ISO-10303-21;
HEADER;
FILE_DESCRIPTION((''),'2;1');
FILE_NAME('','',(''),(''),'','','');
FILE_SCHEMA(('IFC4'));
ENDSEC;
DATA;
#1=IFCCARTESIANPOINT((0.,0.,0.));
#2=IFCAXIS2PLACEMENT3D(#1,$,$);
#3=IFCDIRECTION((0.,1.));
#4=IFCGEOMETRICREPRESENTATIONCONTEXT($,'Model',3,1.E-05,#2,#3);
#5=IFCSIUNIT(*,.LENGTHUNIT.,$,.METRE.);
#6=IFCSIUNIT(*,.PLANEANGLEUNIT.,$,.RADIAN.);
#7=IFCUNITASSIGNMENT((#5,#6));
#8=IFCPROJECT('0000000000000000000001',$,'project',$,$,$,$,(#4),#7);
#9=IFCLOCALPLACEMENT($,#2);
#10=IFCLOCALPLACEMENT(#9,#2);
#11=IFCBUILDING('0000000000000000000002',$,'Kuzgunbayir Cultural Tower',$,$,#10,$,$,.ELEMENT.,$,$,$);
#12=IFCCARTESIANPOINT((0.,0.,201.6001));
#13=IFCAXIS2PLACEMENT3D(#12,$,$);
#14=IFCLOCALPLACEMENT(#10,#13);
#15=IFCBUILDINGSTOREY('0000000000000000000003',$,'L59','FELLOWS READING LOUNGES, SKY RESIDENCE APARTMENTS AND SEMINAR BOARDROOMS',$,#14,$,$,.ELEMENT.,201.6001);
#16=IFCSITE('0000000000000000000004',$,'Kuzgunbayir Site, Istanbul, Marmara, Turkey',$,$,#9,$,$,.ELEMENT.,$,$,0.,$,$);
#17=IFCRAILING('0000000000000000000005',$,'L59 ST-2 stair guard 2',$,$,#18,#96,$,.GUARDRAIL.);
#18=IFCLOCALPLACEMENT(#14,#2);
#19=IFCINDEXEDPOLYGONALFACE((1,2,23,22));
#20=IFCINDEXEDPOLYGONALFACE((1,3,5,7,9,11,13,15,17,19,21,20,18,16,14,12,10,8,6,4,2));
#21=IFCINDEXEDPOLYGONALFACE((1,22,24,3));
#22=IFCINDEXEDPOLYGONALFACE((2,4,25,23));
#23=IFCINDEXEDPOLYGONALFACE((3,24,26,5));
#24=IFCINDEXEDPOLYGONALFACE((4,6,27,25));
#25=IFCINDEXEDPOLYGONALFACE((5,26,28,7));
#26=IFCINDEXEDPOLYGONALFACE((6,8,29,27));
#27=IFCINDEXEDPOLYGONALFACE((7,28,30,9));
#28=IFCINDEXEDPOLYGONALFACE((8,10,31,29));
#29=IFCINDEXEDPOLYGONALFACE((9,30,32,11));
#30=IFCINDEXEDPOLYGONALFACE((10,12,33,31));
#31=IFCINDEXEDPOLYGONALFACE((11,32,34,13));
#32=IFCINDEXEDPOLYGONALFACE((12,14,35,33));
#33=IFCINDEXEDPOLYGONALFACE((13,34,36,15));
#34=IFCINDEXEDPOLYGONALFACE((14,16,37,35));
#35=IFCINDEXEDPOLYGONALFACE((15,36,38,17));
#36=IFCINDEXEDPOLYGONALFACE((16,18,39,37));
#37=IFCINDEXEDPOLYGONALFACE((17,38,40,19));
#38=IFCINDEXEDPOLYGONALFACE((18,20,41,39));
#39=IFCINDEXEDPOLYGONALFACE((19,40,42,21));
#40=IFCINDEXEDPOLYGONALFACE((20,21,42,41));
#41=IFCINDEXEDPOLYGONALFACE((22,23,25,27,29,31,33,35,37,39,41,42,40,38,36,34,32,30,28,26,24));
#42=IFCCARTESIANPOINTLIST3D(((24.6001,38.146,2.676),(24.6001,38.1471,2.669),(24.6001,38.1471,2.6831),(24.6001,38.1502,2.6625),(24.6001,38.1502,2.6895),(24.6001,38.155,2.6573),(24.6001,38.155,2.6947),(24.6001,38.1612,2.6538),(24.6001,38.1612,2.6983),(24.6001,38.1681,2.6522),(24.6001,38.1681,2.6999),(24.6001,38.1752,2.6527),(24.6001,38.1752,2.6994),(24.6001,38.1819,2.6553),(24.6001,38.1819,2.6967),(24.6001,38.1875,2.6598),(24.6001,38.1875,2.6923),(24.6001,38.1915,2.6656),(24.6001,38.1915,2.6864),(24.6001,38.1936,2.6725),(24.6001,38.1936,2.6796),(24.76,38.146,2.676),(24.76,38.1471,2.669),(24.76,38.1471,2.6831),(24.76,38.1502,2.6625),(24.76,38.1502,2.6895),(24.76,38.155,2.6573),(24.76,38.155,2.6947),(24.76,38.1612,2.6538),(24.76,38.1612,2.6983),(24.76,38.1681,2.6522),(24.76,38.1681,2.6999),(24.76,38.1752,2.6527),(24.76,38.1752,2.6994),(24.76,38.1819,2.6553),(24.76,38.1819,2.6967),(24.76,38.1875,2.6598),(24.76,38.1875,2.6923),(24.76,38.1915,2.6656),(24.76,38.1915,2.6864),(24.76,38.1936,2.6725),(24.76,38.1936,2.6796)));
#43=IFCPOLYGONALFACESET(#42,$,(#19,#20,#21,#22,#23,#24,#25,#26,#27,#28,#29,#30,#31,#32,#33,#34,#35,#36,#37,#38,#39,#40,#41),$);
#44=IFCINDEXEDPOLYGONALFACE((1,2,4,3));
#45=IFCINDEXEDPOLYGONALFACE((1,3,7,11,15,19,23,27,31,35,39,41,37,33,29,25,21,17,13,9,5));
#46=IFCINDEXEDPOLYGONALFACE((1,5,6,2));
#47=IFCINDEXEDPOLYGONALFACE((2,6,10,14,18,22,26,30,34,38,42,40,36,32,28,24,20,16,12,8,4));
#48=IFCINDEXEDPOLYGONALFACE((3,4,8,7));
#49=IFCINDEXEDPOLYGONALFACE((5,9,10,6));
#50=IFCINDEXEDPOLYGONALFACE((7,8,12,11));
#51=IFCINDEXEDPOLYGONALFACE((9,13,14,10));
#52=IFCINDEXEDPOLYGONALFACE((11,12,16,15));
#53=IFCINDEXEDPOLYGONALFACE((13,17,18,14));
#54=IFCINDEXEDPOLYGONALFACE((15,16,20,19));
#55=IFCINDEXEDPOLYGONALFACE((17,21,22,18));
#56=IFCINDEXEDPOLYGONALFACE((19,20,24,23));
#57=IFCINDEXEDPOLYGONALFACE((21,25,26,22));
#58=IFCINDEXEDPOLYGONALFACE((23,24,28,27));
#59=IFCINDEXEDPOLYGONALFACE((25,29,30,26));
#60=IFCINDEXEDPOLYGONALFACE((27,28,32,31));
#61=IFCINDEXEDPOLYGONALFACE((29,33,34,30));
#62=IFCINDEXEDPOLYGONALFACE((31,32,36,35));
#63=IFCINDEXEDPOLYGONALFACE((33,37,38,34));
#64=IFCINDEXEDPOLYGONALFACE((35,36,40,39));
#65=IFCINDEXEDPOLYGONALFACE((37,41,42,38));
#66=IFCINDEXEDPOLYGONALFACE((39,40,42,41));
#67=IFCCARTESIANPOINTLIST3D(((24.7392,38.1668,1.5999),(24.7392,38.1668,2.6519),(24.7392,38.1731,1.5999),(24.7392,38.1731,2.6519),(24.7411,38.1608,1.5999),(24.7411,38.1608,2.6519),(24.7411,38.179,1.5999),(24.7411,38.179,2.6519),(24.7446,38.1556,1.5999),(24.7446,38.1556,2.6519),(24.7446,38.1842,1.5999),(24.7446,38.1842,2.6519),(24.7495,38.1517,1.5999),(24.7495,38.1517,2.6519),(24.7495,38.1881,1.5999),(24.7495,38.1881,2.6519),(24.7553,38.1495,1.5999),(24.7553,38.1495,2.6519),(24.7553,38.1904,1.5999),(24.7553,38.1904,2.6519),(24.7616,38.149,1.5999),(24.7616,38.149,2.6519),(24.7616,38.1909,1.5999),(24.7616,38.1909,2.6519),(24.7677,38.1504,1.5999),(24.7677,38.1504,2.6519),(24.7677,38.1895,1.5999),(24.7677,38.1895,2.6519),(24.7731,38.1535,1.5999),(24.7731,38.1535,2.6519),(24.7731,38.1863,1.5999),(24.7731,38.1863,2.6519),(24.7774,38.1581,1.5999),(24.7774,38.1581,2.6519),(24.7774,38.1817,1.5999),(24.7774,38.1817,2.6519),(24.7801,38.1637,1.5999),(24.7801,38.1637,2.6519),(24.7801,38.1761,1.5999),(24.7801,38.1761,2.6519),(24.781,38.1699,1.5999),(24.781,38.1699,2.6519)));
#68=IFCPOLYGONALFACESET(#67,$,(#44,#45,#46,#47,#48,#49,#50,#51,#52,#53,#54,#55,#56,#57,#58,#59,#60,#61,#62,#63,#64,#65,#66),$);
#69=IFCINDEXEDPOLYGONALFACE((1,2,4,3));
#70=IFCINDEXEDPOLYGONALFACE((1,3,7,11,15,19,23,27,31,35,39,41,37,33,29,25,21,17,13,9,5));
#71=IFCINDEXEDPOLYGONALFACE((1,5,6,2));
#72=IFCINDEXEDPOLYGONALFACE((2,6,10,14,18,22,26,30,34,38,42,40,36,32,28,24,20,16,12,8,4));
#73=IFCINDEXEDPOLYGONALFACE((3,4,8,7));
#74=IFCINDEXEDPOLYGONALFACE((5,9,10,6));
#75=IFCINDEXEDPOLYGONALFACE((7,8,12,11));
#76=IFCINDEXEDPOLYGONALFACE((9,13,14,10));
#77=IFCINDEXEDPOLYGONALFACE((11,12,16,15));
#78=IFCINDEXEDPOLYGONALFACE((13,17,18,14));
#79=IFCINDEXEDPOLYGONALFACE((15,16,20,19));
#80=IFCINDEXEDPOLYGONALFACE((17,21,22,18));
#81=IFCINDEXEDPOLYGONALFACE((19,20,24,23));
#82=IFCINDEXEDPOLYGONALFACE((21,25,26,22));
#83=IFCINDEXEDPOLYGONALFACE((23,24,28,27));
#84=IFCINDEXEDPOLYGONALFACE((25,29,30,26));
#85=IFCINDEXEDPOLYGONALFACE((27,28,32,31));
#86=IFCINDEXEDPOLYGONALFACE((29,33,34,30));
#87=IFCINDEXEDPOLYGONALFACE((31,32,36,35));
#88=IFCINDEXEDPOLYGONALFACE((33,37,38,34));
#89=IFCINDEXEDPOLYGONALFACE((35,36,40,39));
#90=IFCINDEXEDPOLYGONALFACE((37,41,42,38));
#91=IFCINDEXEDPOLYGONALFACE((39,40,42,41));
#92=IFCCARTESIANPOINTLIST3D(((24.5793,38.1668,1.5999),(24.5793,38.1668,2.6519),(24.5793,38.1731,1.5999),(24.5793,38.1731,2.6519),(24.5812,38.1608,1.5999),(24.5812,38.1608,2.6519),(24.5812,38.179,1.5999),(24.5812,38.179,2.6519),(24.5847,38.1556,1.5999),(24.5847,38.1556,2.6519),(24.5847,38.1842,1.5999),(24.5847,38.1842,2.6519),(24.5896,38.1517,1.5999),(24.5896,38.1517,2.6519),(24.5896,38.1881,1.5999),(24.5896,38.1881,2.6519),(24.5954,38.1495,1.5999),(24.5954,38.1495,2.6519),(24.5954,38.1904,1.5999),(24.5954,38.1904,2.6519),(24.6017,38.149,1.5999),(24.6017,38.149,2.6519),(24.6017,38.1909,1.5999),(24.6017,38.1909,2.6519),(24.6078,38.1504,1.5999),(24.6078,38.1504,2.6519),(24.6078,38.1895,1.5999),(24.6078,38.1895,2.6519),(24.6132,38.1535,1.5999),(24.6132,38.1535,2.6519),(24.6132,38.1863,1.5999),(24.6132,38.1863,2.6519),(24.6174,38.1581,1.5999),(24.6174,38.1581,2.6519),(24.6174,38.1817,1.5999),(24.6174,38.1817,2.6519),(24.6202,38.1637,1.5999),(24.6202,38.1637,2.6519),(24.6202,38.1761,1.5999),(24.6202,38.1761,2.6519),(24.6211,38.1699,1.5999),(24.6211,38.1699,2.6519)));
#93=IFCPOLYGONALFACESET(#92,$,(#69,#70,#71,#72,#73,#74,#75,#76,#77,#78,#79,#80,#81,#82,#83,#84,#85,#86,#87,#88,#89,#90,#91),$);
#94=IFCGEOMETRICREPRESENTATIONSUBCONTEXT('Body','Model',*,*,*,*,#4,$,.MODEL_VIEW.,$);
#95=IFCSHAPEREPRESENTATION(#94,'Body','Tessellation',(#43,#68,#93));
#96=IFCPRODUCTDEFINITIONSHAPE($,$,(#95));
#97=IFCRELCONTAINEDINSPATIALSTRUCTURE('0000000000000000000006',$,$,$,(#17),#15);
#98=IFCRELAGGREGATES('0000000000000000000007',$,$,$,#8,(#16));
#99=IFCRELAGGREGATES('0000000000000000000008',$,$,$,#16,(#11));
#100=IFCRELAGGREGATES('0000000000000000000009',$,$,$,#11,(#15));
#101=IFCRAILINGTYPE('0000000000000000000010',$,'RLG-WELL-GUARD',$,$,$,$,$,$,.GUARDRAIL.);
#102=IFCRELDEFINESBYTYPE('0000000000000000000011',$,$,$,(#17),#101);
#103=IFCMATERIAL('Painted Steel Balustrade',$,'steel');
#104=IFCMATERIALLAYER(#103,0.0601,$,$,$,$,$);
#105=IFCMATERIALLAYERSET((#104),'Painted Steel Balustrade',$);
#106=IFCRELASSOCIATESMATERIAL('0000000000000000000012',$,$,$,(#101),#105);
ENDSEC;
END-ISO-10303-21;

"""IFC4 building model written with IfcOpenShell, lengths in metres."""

from ifc_helpers import new_model, si_unit, direction, frame, origin, origin_2d, place, context, subcontext, project, spatial, circle, extrude, material, layer, layer_set, type_object, element, save


model = new_model("IFC4")

# Units and contexts
model_context = context("Model", 3, precision=1e-05, world=origin(), true_north=direction((0.0, 1.0)))
body_context = subcontext(model_context, "Body", "Model", "MODEL_VIEW")
ifc_project = project(units=[si_unit("LENGTHUNIT", "METRE"), si_unit("PLANEANGLEUNIT", "RADIAN")], contexts=[model_context])

# Site, building, storey
site_placement = place(None, origin())
site = spatial("IfcSite", under=ifc_project, at=site_placement, Name="Kuzgunbayir Site, Istanbul, Marmara, Turkey", CompositionType="ELEMENT", RefElevation=0.0)
building_placement = place(site_placement, origin())
building = spatial("IfcBuilding", under=site, at=building_placement, Name="Kuzgunbayir Cultural Tower", CompositionType="ELEMENT")
storey_placement = place(building_placement, frame((0.0, 0.0, 201.6001)))
storey = spatial("IfcBuildingStorey", under=building, at=storey_placement, Name="L59", Description="FELLOWS READING LOUNGES, SKY RESIDENCE APARTMENTS AND SEMINAR BOARDROOMS", CompositionType="ELEMENT", Elevation=201.6001)

# Railing
ifc_material_1 = material(Name="Painted Steel Balustrade", Category="steel")
ifc_layer_1 = layer(ifc_material_1, 0.0601)
ifc_layer_set_1 = layer_set([ifc_layer_1], Name="Painted Steel Balustrade")
railing_type_1 = type_object("IfcRailingType", Name="RLG-WELL-GUARD", PredefinedType="GUARDRAIL", material=ifc_layer_set_1)
railing_1_placement = place(storey_placement, frame((24.76, 38.1699, 1.5999)))
element("IfcRailing", 1, at=railing_1_placement, inside=storey, type_object=railing_type_1, Name="L59 ST-2 stair guard 2", PredefinedType="GUARDRAIL", context=body_context, shape_type="SweptSolid", body=[
    extrude(circle(Radius=0.0239, at=origin_2d()), frame((0.0, 0.0, 1.0762), z_axis=(-1.0, 0.0, 0.0), x_axis=(0.0, -1.0, 0.0)), (0.0, 0.0, 1.0), 0.1599),
    extrude(circle(Radius=0.021, at=origin_2d()), origin(), (0.0, 0.0, 1.0), 1.052),
    extrude(circle(Radius=0.021, at=origin_2d()), frame((-0.1599, 0.0, 0.0)), (0.0, 0.0, 1.0), 1.052),
])

save(model, "model.ifc")
